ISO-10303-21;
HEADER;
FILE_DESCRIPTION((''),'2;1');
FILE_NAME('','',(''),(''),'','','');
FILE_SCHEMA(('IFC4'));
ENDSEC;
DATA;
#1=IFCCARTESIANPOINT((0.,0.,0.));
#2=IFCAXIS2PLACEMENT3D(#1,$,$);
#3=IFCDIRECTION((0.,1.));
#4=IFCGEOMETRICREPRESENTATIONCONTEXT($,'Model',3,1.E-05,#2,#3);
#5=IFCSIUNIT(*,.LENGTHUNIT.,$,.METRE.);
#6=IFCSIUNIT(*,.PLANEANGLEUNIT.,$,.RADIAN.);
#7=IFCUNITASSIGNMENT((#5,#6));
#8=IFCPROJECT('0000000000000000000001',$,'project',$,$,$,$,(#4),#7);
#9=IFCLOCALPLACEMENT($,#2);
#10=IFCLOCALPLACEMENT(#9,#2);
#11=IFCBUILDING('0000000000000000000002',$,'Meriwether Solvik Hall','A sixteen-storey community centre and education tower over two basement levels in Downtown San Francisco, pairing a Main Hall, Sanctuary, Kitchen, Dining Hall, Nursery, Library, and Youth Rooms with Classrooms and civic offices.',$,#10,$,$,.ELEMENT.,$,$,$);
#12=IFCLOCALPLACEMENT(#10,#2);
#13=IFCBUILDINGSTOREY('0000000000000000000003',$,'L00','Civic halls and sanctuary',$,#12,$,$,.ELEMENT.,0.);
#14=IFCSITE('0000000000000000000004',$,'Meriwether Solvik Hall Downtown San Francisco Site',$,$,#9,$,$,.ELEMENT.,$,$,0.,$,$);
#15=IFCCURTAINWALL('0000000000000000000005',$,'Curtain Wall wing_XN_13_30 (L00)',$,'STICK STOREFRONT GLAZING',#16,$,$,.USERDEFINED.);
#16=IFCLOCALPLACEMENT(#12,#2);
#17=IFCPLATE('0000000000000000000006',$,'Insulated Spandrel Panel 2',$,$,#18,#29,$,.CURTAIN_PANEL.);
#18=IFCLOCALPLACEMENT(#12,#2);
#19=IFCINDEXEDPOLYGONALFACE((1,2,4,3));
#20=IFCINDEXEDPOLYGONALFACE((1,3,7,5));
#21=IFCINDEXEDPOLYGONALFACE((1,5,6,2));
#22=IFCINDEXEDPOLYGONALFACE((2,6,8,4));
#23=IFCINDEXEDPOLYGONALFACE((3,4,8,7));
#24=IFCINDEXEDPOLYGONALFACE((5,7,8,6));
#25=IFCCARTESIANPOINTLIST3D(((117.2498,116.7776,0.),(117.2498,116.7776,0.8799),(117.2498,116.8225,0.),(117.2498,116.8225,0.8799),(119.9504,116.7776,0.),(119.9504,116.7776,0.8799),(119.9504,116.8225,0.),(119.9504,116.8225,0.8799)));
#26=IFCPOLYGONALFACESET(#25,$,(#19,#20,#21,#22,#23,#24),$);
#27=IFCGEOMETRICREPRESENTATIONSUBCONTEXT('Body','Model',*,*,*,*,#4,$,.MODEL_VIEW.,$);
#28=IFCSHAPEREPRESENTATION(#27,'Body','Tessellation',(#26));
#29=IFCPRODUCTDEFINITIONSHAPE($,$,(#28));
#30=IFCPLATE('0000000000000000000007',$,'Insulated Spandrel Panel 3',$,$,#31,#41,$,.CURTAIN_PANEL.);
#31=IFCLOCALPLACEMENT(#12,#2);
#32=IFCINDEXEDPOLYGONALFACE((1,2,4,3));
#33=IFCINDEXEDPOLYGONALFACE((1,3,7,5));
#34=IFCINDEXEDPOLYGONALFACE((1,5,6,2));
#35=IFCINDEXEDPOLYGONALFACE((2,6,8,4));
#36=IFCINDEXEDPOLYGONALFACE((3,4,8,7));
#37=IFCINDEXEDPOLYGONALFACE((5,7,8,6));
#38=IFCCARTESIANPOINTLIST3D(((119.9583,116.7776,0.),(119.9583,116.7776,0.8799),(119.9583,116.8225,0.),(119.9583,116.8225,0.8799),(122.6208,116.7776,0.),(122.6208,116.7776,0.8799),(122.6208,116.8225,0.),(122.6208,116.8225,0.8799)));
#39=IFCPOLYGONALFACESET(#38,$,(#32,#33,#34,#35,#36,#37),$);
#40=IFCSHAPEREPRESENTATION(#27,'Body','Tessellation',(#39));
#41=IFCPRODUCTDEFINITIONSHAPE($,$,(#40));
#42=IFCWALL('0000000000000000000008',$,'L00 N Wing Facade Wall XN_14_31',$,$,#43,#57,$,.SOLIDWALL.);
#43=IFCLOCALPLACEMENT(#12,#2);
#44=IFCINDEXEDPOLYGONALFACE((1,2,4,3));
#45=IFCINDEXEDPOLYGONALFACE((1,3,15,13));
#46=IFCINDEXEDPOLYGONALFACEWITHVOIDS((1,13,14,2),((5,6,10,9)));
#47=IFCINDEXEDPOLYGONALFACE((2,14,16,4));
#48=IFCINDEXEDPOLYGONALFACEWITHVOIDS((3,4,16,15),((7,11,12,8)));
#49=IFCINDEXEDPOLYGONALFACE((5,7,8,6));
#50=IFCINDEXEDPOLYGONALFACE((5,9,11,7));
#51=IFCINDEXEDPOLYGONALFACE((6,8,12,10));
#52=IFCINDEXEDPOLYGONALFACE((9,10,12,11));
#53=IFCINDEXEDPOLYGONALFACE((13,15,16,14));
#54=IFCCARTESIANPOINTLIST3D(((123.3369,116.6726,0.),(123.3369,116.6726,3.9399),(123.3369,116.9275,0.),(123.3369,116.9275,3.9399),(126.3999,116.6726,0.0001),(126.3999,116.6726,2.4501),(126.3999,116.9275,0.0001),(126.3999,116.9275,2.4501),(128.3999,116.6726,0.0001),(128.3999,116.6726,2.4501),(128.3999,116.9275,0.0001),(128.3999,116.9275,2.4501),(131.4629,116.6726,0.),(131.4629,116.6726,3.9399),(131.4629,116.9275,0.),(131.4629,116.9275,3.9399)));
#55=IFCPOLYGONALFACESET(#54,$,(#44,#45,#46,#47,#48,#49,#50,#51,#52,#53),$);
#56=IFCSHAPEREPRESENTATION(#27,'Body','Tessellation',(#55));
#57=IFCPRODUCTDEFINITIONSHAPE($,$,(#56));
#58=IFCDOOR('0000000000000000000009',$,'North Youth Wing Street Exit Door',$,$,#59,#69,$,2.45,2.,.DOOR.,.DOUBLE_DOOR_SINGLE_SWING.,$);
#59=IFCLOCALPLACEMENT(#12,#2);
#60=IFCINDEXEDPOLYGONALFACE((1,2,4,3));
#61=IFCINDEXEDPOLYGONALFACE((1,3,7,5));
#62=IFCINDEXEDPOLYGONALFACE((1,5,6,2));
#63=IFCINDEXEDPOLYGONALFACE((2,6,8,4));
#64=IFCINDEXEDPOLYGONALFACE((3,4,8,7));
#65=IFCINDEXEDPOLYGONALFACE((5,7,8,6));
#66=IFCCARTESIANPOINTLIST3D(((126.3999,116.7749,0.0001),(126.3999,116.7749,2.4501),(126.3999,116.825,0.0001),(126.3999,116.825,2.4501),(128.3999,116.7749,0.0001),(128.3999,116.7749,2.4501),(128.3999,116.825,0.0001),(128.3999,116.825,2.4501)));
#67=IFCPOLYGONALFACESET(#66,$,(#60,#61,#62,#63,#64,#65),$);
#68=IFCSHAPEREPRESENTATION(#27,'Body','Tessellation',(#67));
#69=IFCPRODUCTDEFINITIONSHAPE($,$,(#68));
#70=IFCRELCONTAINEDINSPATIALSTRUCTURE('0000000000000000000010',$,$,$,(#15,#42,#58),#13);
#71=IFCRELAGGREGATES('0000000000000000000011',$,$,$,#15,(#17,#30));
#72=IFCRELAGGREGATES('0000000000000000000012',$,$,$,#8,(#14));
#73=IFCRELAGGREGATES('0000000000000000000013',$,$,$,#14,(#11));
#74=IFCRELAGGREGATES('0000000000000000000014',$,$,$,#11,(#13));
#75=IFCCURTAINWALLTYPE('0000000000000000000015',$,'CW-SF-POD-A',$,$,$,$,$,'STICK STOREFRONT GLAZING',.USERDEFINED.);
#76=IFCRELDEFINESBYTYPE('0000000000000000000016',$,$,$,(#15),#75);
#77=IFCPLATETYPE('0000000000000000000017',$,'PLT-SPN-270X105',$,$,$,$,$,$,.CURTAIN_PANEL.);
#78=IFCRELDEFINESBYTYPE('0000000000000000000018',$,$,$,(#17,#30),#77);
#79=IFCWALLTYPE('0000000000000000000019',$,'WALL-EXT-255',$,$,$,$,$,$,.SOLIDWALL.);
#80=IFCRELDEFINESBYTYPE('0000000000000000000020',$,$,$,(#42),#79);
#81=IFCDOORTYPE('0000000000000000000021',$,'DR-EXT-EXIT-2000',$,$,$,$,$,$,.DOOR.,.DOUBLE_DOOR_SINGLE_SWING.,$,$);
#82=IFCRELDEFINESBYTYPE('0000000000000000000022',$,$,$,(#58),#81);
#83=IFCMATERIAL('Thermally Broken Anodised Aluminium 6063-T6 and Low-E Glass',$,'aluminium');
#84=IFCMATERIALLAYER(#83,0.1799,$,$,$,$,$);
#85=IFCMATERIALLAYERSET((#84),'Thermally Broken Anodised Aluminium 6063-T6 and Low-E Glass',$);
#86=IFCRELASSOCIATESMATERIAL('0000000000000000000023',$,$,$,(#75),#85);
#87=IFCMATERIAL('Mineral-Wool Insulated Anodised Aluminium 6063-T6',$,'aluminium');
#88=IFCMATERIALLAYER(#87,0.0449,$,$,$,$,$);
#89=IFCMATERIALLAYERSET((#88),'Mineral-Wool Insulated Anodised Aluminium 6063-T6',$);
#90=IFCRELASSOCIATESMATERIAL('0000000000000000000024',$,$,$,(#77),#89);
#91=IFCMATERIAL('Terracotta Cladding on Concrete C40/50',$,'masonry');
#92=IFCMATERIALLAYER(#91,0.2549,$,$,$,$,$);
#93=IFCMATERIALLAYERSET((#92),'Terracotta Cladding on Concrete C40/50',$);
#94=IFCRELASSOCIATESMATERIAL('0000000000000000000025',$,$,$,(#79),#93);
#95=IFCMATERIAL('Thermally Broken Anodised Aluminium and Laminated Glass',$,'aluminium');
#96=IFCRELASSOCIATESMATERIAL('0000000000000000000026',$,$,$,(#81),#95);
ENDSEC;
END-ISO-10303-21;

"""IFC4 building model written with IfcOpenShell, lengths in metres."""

from ifc_helpers import new_model, si_unit, direction, frame, frame_2d, origin, origin_2d, place, context, subcontext, project, spatial, rectangle, extrude, material, layer, layer_set, type_object, element, fill, aggregate, save


model = new_model("IFC4")

# Units and contexts
model_context = context("Model", 3, precision=1e-05, world=origin(), true_north=direction((0.0, 1.0)))
body_context = subcontext(model_context, "Body", "Model", "MODEL_VIEW")
ifc_project = project(units=[si_unit("LENGTHUNIT", "METRE"), si_unit("PLANEANGLEUNIT", "RADIAN")], contexts=[model_context])

# Site, building, storey
site_placement = place(None, origin())
site = spatial("IfcSite", under=ifc_project, at=site_placement, Name="Meriwether Solvik Hall Downtown San Francisco Site", CompositionType="ELEMENT", RefElevation=0.0)
building_placement = place(site_placement, origin())
building = spatial("IfcBuilding", under=site, at=building_placement, Name="Meriwether Solvik Hall", Description="A sixteen-storey community centre and education tower over two basement levels in Downtown San Francisco, pairing a Main Hall, Sanctuary, Kitchen, Dining Hall, Nursery, Library, and Youth Rooms with Classrooms and civic offices.", CompositionType="ELEMENT")
storey_placement = place(building_placement, origin())
storey = spatial("IfcBuildingStorey", under=building, at=storey_placement, Name="L00", Description="Civic halls and sanctuary", CompositionType="ELEMENT", Elevation=0.0)

# Curtain wall
ifc_material_1 = material(Name="Thermally Broken Anodised Aluminium 6063-T6 and Low-E Glass", Category="aluminium")
ifc_layer_1 = layer(ifc_material_1, 0.1799)
ifc_layer_set_1 = layer_set([ifc_layer_1], Name="Thermally Broken Anodised Aluminium 6063-T6 and Low-E Glass")
curtain_wall_type = type_object("IfcCurtainWallType", Name="CW-SF-POD-A", ElementType="STICK STOREFRONT GLAZING", PredefinedType="USERDEFINED", material=ifc_layer_set_1)
curtain_wall_1_placement = place(storey_placement, origin())
curtain_wall_1 = element("IfcCurtainWall", 1, at=curtain_wall_1_placement, inside=storey, type_object=curtain_wall_type, Name="Curtain Wall wing_XN_13_30 (L00)", ObjectType="STICK STOREFRONT GLAZING", PredefinedType="USERDEFINED")

# Plates
ifc_material_2 = material(Name="Mineral-Wool Insulated Anodised Aluminium 6063-T6", Category="aluminium")
ifc_layer_2 = layer(ifc_material_2, 0.0449)
ifc_layer_set_2 = layer_set([ifc_layer_2], Name="Mineral-Wool Insulated Anodised Aluminium 6063-T6")
plate_type_1 = type_object("IfcPlateType", Name="PLT-SPN-270X105", PredefinedType="CURTAIN_PANEL", material=ifc_layer_set_2)
plate_1_placement = place(storey_placement, frame((118.6001, 116.8, 0.0), z_axis=(0.0, 0.0, 1.0), x_axis=(1.0, 0.0, 0.0)))
plate_1 = element("IfcPlate", 2, at=plate_1_placement, type_object=plate_type_1, Name="Insulated Spandrel Panel 2", PredefinedType="CURTAIN_PANEL", context=body_context, shape_type="SweptSolid", body=[
    extrude(rectangle(XDim=2.7007, YDim=0.0449, at=origin_2d()), origin(), (0.0, 0.0, 1.0), 0.8799),
])
plate_2_placement = place(storey_placement, frame((121.2896, 116.8, 0.0), z_axis=(0.0, 0.0, 1.0), x_axis=(1.0, 0.0, 0.0)))
plate_2 = element("IfcPlate", 3, at=plate_2_placement, type_object=plate_type_1, Name="Insulated Spandrel Panel 3", PredefinedType="CURTAIN_PANEL", context=body_context, shape_type="SweptSolid", body=[
    extrude(rectangle(XDim=2.6626, YDim=0.0449, at=origin_2d()), origin(), (0.0, 0.0, 1.0), 0.8799),
])
aggregate(curtain_wall_1, [plate_1, plate_2])

# Wall, opening, door
ifc_material_3 = material(Name="Terracotta Cladding on Concrete C40/50", Category="masonry")
ifc_layer_3 = layer(ifc_material_3, 0.2549)
ifc_layer_set_3 = layer_set([ifc_layer_3], Name="Terracotta Cladding on Concrete C40/50")
wall_type = type_object("IfcWallType", Name="WALL-EXT-255", PredefinedType="SOLIDWALL", material=ifc_layer_set_3)
wall_placement = place(storey_placement, frame((123.3369, 116.8, 0.0), z_axis=(0.0, 0.0, 1.0), x_axis=(1.0, 0.0, 0.0)))
wall = element("IfcWall", 4, at=wall_placement, inside=storey, type_object=wall_type, Name="L00 N Wing Facade Wall XN_14_31", PredefinedType="SOLIDWALL", context=body_context, shape_type="SweptSolid", body=[
    extrude(rectangle(XDim=8.126, YDim=0.2549, at=frame_2d((4.063, 0.0))), origin(), (0.0, 0.0, 1.0), 3.9399),
])
opening_placement = place(wall_placement, frame((3.063, 0.0, 0.0)))
opening = element("IfcOpeningElement", 5, at=opening_placement, cuts=wall, PredefinedType="OPENING", context=body_context, shape_type="SweptSolid", body=[
    extrude(rectangle(XDim=2.0, YDim=2.45, at=frame_2d((1.0, 1.2251))), frame((0.0, 0.1394, 0.0), z_axis=(0.0, -1.0, 0.0), x_axis=(1.0, 0.0, 0.0)), (0.0, 0.0, 1.0), 0.2788),
])
ifc_material_4 = material(Name="Thermally Broken Anodised Aluminium and Laminated Glass", Category="aluminium")
door_type = type_object("IfcDoorType", Name="DR-EXT-EXIT-2000", OperationType="DOUBLE_DOOR_SINGLE_SWING", PredefinedType="DOOR", material=ifc_material_4)
door_placement = place(opening_placement, origin())
door = element("IfcDoor", 6, at=door_placement, inside=storey, type_object=door_type, Name="North Youth Wing Street Exit Door", OperationType="DOUBLE_DOOR_SINGLE_SWING", OverallHeight=2.45, OverallWidth=2.0, PredefinedType="DOOR", context=body_context, shape_type="SweptSolid", body=[
    extrude(rectangle(XDim=2.0, YDim=2.45, at=frame_2d((1.0, 1.2251))), frame((0.0, 0.0249, 0.0), z_axis=(0.0, -1.0, 0.0), x_axis=(1.0, 0.0, 0.0)), (0.0, 0.0, 1.0), 0.05),
])
fill(opening, door)

save(model, "model.ifc")
